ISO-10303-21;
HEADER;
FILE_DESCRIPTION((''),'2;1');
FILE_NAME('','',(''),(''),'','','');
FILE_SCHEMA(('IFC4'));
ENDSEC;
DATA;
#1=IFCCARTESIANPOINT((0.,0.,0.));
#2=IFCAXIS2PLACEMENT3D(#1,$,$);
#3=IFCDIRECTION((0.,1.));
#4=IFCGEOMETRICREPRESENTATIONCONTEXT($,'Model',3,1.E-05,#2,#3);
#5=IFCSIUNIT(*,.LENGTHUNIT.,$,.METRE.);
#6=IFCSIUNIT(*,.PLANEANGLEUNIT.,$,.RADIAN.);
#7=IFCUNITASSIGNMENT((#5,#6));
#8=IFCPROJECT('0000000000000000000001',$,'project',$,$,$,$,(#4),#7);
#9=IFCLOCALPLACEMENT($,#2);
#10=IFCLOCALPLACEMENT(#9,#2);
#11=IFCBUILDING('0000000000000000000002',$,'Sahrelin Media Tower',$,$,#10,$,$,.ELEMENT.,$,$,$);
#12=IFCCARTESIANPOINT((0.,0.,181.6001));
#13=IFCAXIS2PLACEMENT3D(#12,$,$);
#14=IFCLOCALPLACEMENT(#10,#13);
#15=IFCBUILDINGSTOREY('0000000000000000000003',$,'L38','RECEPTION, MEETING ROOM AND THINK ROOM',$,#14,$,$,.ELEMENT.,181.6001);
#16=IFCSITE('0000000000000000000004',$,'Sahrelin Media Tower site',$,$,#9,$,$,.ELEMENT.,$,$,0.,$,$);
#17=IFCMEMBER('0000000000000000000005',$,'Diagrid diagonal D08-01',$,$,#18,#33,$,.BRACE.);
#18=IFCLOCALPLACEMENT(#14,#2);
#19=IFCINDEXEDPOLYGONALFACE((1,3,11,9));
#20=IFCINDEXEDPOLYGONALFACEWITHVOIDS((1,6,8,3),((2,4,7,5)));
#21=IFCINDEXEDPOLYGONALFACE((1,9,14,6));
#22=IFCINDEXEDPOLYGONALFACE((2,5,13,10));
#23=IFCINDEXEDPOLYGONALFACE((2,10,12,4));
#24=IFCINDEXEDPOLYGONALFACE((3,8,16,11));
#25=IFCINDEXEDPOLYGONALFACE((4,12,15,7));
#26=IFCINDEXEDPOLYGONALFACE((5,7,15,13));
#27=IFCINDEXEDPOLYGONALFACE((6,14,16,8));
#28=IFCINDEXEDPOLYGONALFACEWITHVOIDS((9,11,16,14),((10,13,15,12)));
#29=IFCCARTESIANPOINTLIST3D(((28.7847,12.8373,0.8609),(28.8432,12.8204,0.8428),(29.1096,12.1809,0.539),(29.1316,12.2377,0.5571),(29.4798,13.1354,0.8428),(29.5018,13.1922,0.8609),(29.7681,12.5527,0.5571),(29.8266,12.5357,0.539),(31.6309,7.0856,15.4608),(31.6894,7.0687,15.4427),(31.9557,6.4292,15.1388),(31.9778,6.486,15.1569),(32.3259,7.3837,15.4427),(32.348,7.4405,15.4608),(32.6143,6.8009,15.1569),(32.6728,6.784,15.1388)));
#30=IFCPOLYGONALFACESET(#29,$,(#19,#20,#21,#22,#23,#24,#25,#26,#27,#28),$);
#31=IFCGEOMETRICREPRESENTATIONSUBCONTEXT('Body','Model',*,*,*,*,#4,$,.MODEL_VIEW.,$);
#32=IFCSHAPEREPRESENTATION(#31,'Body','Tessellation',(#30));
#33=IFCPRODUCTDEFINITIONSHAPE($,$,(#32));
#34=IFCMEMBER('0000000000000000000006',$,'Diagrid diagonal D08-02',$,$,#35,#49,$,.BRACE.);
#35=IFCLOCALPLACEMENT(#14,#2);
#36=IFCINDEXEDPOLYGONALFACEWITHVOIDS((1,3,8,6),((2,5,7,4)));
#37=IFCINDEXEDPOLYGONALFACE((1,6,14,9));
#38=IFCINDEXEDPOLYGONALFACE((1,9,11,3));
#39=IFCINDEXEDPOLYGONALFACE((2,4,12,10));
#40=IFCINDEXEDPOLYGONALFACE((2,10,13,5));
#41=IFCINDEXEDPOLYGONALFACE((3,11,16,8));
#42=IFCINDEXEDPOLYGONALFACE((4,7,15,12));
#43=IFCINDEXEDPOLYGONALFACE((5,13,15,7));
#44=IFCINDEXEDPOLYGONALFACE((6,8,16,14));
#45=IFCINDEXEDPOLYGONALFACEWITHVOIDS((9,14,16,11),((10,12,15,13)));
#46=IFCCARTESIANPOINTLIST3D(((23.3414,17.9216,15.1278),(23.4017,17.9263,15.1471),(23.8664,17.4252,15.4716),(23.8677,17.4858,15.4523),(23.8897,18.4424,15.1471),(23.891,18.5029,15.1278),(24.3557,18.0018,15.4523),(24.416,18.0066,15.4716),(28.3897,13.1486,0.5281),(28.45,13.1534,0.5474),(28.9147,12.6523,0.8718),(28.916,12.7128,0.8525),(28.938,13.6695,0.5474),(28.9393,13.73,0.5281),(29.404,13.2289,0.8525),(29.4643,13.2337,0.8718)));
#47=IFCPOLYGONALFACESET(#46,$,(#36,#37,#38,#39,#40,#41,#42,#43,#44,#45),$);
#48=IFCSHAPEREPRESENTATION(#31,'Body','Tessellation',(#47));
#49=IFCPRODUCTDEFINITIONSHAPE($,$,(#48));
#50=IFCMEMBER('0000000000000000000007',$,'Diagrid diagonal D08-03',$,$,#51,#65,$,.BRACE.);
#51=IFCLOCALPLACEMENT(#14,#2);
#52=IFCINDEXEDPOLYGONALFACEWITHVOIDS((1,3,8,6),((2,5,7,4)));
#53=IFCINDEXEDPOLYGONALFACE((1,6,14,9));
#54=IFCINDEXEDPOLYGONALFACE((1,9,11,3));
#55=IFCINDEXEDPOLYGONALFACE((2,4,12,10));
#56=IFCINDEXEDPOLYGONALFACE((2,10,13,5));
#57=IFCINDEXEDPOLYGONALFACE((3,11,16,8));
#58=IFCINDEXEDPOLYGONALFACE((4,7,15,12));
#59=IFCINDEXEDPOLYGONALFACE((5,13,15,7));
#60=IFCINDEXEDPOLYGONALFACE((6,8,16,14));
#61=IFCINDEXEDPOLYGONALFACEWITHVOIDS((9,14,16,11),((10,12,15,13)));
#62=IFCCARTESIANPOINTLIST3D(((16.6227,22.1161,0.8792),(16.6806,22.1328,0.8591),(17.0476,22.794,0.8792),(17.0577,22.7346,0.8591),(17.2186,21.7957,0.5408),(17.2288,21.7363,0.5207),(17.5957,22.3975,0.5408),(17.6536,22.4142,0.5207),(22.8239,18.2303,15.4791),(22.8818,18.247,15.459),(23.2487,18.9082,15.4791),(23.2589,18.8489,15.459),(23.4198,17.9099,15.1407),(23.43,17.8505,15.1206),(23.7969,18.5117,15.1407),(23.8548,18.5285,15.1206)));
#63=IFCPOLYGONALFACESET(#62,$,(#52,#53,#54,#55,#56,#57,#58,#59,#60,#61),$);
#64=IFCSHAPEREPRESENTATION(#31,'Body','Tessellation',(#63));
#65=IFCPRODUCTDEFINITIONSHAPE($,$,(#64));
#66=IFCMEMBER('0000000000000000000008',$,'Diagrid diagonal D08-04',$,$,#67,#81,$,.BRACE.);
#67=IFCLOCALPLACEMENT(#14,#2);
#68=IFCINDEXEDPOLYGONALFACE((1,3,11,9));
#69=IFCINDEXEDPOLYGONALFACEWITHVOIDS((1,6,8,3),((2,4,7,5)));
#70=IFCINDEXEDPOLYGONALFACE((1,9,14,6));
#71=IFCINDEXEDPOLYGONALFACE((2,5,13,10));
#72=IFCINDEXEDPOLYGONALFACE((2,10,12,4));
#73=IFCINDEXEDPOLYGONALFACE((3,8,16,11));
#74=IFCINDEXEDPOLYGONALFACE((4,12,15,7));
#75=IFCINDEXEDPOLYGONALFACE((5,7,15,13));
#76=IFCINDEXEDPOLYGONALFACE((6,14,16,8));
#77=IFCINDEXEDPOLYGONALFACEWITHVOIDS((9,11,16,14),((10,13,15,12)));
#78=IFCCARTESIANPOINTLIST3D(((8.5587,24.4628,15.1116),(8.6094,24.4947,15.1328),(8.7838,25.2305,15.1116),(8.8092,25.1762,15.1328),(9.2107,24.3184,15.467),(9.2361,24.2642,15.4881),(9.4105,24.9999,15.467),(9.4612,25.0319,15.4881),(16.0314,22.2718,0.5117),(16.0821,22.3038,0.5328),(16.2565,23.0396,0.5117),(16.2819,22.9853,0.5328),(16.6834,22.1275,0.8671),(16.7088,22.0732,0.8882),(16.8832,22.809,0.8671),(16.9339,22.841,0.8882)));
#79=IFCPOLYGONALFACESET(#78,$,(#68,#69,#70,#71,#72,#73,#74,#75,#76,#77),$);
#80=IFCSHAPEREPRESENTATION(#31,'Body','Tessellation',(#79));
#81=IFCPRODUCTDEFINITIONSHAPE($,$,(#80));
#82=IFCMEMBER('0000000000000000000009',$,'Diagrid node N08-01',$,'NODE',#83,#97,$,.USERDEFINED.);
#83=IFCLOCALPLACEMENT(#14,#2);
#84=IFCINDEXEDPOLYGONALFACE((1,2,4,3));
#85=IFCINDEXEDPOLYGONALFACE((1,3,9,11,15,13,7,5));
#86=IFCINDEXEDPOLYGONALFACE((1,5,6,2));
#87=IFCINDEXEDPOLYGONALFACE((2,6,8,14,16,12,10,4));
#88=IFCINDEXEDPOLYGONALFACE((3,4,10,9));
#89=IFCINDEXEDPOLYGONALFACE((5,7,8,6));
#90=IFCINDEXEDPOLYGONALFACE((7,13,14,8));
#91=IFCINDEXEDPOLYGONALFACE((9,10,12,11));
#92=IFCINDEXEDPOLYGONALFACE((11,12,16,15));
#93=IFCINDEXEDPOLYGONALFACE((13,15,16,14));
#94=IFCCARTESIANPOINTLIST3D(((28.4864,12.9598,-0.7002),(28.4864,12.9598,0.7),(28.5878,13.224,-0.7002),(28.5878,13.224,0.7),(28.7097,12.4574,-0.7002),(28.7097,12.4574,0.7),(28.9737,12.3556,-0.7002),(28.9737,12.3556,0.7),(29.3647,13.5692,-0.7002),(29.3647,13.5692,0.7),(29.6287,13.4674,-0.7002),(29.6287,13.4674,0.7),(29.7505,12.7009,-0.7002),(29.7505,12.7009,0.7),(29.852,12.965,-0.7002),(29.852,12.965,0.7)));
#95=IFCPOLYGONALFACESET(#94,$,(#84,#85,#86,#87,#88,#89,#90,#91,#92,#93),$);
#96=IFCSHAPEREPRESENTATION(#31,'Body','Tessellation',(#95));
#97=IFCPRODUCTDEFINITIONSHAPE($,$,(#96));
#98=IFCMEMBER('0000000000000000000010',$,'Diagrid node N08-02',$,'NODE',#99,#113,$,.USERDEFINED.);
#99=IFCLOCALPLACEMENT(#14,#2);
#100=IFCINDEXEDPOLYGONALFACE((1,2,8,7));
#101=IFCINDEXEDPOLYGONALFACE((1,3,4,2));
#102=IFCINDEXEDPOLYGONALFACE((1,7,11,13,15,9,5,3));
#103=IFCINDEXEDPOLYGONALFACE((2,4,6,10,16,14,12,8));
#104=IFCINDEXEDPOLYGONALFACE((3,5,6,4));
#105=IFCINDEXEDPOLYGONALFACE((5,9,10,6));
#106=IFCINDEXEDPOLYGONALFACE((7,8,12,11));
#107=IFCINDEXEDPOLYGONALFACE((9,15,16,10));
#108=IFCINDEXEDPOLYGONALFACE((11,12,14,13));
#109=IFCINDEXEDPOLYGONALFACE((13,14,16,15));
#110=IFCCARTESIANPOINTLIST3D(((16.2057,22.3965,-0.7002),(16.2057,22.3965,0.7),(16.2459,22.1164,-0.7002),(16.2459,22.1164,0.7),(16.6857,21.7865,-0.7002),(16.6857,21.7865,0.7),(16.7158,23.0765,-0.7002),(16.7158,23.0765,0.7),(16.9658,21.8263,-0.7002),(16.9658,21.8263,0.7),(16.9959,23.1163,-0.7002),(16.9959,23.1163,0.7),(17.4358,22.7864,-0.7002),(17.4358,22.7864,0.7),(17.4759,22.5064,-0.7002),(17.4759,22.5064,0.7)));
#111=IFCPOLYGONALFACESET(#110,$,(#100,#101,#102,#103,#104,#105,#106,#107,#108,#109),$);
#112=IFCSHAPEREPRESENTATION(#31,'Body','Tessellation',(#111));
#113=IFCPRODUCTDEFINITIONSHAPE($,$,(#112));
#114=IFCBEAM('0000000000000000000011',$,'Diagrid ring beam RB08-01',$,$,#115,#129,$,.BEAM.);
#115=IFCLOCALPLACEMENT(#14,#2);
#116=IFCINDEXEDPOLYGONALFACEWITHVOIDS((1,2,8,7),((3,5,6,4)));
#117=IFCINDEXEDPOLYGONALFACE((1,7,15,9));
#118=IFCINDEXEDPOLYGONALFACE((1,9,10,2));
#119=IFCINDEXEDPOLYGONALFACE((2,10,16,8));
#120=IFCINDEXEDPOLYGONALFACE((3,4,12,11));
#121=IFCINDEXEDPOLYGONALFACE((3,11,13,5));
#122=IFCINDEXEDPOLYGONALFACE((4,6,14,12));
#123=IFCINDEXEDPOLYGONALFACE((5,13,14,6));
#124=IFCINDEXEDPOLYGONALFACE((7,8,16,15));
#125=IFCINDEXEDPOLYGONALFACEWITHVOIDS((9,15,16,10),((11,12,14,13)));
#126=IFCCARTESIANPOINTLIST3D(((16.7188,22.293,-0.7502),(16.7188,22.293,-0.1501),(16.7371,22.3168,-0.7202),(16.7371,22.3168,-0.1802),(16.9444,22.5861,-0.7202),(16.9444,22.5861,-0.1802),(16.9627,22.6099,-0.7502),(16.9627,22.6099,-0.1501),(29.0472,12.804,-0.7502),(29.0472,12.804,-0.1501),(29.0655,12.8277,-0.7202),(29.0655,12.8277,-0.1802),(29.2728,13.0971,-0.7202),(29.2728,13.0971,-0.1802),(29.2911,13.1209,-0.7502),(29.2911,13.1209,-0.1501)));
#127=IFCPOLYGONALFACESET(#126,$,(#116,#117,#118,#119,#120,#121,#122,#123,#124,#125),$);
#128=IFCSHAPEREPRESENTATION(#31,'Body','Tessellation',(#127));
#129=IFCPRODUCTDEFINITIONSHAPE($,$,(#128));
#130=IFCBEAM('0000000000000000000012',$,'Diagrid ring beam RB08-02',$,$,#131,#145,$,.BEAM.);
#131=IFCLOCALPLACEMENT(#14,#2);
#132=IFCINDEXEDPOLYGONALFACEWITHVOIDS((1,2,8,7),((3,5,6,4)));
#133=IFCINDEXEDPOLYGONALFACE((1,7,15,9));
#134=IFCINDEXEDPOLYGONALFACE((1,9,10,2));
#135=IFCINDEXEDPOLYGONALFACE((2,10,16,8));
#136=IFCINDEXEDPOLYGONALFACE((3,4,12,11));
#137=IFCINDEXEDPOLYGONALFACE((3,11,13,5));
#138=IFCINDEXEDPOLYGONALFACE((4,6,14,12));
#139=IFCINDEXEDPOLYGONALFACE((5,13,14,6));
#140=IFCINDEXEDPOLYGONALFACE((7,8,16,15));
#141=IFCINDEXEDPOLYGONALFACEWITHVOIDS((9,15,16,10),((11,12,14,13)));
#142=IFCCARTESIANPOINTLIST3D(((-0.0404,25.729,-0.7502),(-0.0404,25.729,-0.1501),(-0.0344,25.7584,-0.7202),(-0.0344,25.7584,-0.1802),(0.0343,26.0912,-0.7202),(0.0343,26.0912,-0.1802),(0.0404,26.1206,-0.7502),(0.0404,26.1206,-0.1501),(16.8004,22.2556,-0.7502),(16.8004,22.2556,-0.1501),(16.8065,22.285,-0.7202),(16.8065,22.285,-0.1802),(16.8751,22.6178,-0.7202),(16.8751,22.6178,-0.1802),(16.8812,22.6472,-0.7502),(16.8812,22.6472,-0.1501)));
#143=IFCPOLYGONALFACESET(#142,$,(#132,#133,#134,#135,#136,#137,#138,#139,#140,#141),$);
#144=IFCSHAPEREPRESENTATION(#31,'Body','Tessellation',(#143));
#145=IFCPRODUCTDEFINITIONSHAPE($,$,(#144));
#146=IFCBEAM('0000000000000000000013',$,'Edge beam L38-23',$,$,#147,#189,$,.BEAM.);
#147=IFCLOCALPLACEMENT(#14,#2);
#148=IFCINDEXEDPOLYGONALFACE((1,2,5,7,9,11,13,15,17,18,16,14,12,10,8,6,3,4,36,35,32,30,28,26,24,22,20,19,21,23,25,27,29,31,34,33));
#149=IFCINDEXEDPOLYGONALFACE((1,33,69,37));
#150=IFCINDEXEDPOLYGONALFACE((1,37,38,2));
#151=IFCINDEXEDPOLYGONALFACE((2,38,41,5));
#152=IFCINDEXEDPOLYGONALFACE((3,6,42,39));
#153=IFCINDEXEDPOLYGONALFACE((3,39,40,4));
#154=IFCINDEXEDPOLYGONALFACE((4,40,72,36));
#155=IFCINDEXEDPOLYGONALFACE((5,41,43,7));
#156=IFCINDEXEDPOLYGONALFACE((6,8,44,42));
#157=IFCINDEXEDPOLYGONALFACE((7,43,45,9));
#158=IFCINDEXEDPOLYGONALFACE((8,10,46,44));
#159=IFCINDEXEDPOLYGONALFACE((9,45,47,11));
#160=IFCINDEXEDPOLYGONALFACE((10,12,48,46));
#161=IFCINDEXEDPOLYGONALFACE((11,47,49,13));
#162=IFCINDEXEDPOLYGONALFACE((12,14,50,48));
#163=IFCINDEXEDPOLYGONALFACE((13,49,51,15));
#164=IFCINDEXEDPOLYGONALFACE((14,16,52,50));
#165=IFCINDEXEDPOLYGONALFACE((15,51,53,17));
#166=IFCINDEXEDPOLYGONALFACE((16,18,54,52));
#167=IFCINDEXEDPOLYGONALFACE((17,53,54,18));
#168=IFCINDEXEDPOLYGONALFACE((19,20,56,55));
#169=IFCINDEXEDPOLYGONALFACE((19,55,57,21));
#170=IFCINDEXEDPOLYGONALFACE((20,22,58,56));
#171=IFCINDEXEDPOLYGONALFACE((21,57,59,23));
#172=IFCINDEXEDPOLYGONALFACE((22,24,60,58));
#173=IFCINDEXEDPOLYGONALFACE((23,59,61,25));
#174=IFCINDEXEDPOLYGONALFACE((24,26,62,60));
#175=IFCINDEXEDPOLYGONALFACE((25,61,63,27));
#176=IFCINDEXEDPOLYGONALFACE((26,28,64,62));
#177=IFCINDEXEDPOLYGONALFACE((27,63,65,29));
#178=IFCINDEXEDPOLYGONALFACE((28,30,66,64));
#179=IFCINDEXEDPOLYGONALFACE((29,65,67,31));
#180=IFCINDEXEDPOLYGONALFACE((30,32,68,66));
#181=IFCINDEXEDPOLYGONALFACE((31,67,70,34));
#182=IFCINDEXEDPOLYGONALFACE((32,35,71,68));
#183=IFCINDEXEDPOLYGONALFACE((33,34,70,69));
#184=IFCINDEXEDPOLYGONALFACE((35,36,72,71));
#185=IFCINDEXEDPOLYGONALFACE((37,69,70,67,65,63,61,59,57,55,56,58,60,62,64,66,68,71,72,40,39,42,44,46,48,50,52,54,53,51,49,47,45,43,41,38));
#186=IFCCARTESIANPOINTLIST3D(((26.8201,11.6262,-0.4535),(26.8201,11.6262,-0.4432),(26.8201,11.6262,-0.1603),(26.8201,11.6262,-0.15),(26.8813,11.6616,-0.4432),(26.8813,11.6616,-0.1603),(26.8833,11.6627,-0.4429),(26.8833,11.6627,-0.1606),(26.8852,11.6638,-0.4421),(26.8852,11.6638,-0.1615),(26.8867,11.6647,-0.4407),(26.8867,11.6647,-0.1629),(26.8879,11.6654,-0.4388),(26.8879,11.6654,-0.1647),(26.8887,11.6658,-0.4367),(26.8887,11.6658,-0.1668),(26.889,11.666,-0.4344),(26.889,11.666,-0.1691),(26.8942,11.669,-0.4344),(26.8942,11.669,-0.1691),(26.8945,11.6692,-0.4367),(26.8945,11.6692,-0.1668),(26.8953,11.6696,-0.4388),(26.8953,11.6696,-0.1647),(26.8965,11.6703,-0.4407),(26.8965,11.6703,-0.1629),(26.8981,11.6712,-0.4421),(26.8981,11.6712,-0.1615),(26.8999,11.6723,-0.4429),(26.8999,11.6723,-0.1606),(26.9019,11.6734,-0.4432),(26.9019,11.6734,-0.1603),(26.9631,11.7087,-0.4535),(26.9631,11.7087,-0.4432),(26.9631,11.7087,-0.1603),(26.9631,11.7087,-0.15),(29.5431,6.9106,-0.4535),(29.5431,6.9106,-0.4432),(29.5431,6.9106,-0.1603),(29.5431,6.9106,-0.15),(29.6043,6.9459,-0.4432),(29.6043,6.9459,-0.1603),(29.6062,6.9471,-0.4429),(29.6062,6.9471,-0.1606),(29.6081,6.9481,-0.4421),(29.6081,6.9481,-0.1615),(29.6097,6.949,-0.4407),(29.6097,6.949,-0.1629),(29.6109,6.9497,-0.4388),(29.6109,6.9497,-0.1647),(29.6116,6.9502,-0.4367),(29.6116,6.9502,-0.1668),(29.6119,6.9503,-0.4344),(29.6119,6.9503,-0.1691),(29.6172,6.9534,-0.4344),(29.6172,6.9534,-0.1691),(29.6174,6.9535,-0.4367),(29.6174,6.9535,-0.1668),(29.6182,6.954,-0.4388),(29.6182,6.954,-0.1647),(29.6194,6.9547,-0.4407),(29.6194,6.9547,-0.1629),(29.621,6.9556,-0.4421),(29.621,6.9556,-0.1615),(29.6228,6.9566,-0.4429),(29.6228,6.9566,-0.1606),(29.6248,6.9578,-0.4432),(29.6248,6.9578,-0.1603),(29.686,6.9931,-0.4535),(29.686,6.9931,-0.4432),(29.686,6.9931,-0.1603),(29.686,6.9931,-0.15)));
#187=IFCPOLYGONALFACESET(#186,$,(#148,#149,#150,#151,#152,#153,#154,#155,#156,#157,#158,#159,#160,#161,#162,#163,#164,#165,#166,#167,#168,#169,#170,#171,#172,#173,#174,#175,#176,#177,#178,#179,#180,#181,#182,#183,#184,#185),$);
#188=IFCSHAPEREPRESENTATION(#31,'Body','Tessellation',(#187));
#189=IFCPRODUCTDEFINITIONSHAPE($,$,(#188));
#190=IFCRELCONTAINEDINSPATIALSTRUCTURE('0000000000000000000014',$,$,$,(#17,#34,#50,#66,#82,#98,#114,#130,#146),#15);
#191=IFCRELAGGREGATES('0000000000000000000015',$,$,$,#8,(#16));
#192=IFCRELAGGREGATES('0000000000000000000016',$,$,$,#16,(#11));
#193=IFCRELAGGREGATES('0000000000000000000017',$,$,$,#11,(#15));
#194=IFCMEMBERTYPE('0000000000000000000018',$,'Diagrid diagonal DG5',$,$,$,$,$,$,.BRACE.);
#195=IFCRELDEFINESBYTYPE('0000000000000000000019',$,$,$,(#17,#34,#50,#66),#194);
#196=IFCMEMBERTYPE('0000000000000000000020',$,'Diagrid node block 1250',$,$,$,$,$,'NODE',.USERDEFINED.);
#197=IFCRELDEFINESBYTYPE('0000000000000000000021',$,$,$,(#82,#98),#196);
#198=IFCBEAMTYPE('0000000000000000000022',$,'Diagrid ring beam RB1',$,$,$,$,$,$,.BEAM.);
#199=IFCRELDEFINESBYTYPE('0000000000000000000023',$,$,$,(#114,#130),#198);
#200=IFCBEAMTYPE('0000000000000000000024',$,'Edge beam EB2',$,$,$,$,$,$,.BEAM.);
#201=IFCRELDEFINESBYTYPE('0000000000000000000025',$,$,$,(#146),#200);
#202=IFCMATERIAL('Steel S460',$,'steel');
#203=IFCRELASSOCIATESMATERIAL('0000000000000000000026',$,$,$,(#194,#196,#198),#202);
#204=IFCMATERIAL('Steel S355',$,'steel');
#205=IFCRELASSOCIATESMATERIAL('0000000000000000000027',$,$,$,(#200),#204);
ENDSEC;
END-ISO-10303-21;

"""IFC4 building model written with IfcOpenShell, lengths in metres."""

from ifc_helpers import new_model, si_unit, direction, frame, origin, origin_2d, place, context, subcontext, project, spatial, polyline, hollow_rectangle, i_section, outline, extrude, material, material_profile, profile_set, type_object, element, save


model = new_model("IFC4")

# Units and contexts
model_context = context("Model", 3, precision=1e-05, world=origin(), true_north=direction((0.0, 1.0)))
body_context = subcontext(model_context, "Body", "Model", "MODEL_VIEW")
ifc_project = project(units=[si_unit("LENGTHUNIT", "METRE"), si_unit("PLANEANGLEUNIT", "RADIAN")], contexts=[model_context])

# Site, building, storey
site_placement = place(None, origin())
site = spatial("IfcSite", under=ifc_project, at=site_placement, Name="Sahrelin Media Tower site", CompositionType="ELEMENT", RefElevation=0.0)
building_placement = place(site_placement, origin())
building = spatial("IfcBuilding", under=site, at=building_placement, Name="Sahrelin Media Tower", CompositionType="ELEMENT")
storey_placement = place(building_placement, frame((0.0, 0.0, 181.6001)))
storey = spatial("IfcBuildingStorey", under=building, at=storey_placement, Name="L38", Description="RECEPTION, MEETING ROOM AND THINK ROOM", CompositionType="ELEMENT", Elevation=181.6001)

# Members
ifc_material_1 = material(Name="Steel S460", Category="steel")
ifc_material_profile_1 = material_profile(ifc_material_1, hollow_rectangle(XDim=0.8, YDim=0.8, WallThickness=0.0449, at=origin_2d()), Name="Diagrid diagonal DG5")
ifc_profile_set_1 = profile_set([ifc_material_profile_1], Name="Steel S460")
member_type_1 = type_object("IfcMemberType", Name="Diagrid diagonal DG5", PredefinedType="BRACE", material=ifc_profile_set_1)
member_1_placement = place(storey_placement, frame((29.3057, 12.6865, 0.7), z_axis=(0.178467, -0.360654, 0.915466), x_axis=(0.896268, 0.443512, 0.0)))
element("IfcMember", 1, at=member_1_placement, inside=storey, type_object=member_type_1, Name="Diagrid diagonal D08-01", PredefinedType="BRACE", context=body_context, shape_type="SweptSolid", body=[
    extrude(hollow_rectangle(XDim=0.8, YDim=0.8, WallThickness=0.0449, at=origin_2d()), origin(), (0.0, 0.0, 1.0), 15.948),
])
member_2_placement = place(storey_placement, frame((28.927, 13.1912, 0.7), z_axis=(-0.312232, 0.295199, 0.902978), x_axis=(-0.687009, -0.726649, 0.0)))
element("IfcMember", 2, at=member_2_placement, inside=storey, type_object=member_type_1, Name="Diagrid diagonal D08-02", PredefinedType="BRACE", context=body_context, shape_type="SweptSolid", body=[
    extrude(hollow_rectangle(XDim=0.8, YDim=0.8, WallThickness=0.0449, at=origin_2d()), origin(), (0.0, 0.0, 1.0), 16.1685),
])
member_3_placement = place(storey_placement, frame((17.1382, 22.2651, 0.7), z_axis=(0.379712, -0.237933, 0.893983), x_axis=(0.530982, 0.847383, 0.0)))
element("IfcMember", 3, at=member_3_placement, inside=storey, type_object=member_type_1, Name="Diagrid diagonal D08-03", PredefinedType="BRACE", context=body_context, shape_type="SweptSolid", body=[
    extrude(hollow_rectangle(XDim=0.8, YDim=0.8, WallThickness=0.0449, at=origin_2d()), origin(), (0.0, 0.0, 1.0), 16.3313),
])
member_4_placement = place(storey_placement, frame((16.4827, 22.5564, 0.7), z_axis=(-0.451607, 0.132407, 0.882337), x_axis=(-0.281348, -0.959606, 0.0)))
element("IfcMember", 4, at=member_4_placement, inside=storey, type_object=member_type_1, Name="Diagrid diagonal D08-04", PredefinedType="BRACE", context=body_context, shape_type="SweptSolid", body=[
    extrude(hollow_rectangle(XDim=0.8, YDim=0.8, WallThickness=0.0449, at=origin_2d()), origin(), (0.0, 0.0, 1.0), 16.5469),
])
ifc_material_profile_2 = material_profile(ifc_material_1, outline(polyline([(0.425, -0.4751), (0.625, -0.2749), (0.625, 0.2749), (0.425, 0.4751), (-0.425, 0.4751), (-0.625, 0.2749), (-0.625, -0.2749), (-0.425, -0.4751), (0.425, -0.4751)])), Name="Diagrid node block 1250")
ifc_profile_set_2 = profile_set([ifc_material_profile_2], Name="Steel S460")
member_type_2 = type_object("IfcMemberType", Name="Diagrid node block 1250", ElementType="NODE", PredefinedType="USERDEFINED", material=ifc_profile_set_2)
for number, where, z_axis, x_axis, name in (
    (5, (29.1692, 12.9624, -0.7002), (0.0, 0.0, 1.0), (0.913831, 0.406094, 0.0), "Diagrid node N08-01"),
    (6, (16.8408, 22.4514, -0.7002), (0.0, 0.0, 1.0), (0.600052, 0.799961, 0.0), "Diagrid node N08-02"),
):
    element("IfcMember", number, at=place(storey_placement, frame(where, z_axis=z_axis, x_axis=x_axis)), inside=storey, type_object=member_type_2, Name=name, ObjectType="NODE", PredefinedType="USERDEFINED", context=body_context, shape_type="SweptSolid", body=[
        extrude(outline(polyline([(0.425, -0.4751), (0.625, -0.2749), (0.625, 0.2749), (0.425, 0.4751), (-0.425, 0.4751), (-0.625, 0.2749), (-0.625, -0.2749), (-0.425, -0.4751), (0.425, -0.4751)])), origin(), (0.0, 0.0, 1.0), 1.4001),
    ])

# Beams
ifc_material_profile_3 = material_profile(ifc_material_1, hollow_rectangle(XDim=0.3999, YDim=0.6001, WallThickness=0.03, at=origin_2d()), Name="Diagrid ring beam RB1")
ifc_profile_set_3 = profile_set([ifc_material_profile_3], Name="Steel S460")
beam_type_1 = type_object("IfcBeamType", Name="Diagrid ring beam RB1", PredefinedType="BEAM", material=ifc_profile_set_3)
beam_1_placement = place(storey_placement, frame((29.1692, 12.9624, -0.4502), z_axis=(-0.792448, 0.609939, 0.0), x_axis=(-0.609939, -0.792448, 0.0)))
element("IfcBeam", 7, at=beam_1_placement, inside=storey, type_object=beam_type_1, Name="Diagrid ring beam RB08-01", PredefinedType="BEAM", context=body_context, shape_type="SweptSolid", body=[
    extrude(hollow_rectangle(XDim=0.3999, YDim=0.6001, WallThickness=0.03, at=origin_2d()), origin(), (0.0, 0.0, 1.0), 15.5574),
])
beam_2_placement = place(storey_placement, frame((16.8408, 22.4514, -0.4502), z_axis=(-0.979386, 0.201997, 0.0), x_axis=(-0.201997, -0.979386, 0.0)))
element("IfcBeam", 8, at=beam_2_placement, inside=storey, type_object=beam_type_1, Name="Diagrid ring beam RB08-02", PredefinedType="BEAM", context=body_context, shape_type="SweptSolid", body=[
    extrude(hollow_rectangle(XDim=0.3999, YDim=0.6001, WallThickness=0.03, at=origin_2d()), origin(), (0.0, 0.0, 1.0), 17.1953),
])
ifc_material_2 = material(Name="Steel S355", Category="steel")
ifc_material_profile_4 = material_profile(ifc_material_2, i_section(OverallWidth=0.165, OverallDepth=0.3035, WebThickness=0.0061, FlangeThickness=0.0103, FilletRadius=0.0088, at=origin_2d()), Name="UB 305x165x40")
ifc_profile_set_4 = profile_set([ifc_material_profile_4], Name="Steel S355")
beam_type_2 = type_object("IfcBeamType", Name="Edge beam EB2", PredefinedType="BEAM", material=ifc_profile_set_4)
beam_3_placement = place(storey_placement, frame((26.8916, 11.6675, -0.3018), z_axis=(0.50005, -0.865997, 0.0), x_axis=(0.865997, 0.50005, 0.0)))
element("IfcBeam", 9, at=beam_3_placement, inside=storey, type_object=beam_type_2, Name="Edge beam L38-23", PredefinedType="BEAM", context=body_context, shape_type="SweptSolid", body=[
    extrude(i_section(OverallWidth=0.165, OverallDepth=0.3035, WebThickness=0.0061, FlangeThickness=0.0103, FilletRadius=0.0088, at=origin_2d()), origin(), (0.0, 0.0, 1.0), 5.4453),
])

save(model, "model.ifc")
